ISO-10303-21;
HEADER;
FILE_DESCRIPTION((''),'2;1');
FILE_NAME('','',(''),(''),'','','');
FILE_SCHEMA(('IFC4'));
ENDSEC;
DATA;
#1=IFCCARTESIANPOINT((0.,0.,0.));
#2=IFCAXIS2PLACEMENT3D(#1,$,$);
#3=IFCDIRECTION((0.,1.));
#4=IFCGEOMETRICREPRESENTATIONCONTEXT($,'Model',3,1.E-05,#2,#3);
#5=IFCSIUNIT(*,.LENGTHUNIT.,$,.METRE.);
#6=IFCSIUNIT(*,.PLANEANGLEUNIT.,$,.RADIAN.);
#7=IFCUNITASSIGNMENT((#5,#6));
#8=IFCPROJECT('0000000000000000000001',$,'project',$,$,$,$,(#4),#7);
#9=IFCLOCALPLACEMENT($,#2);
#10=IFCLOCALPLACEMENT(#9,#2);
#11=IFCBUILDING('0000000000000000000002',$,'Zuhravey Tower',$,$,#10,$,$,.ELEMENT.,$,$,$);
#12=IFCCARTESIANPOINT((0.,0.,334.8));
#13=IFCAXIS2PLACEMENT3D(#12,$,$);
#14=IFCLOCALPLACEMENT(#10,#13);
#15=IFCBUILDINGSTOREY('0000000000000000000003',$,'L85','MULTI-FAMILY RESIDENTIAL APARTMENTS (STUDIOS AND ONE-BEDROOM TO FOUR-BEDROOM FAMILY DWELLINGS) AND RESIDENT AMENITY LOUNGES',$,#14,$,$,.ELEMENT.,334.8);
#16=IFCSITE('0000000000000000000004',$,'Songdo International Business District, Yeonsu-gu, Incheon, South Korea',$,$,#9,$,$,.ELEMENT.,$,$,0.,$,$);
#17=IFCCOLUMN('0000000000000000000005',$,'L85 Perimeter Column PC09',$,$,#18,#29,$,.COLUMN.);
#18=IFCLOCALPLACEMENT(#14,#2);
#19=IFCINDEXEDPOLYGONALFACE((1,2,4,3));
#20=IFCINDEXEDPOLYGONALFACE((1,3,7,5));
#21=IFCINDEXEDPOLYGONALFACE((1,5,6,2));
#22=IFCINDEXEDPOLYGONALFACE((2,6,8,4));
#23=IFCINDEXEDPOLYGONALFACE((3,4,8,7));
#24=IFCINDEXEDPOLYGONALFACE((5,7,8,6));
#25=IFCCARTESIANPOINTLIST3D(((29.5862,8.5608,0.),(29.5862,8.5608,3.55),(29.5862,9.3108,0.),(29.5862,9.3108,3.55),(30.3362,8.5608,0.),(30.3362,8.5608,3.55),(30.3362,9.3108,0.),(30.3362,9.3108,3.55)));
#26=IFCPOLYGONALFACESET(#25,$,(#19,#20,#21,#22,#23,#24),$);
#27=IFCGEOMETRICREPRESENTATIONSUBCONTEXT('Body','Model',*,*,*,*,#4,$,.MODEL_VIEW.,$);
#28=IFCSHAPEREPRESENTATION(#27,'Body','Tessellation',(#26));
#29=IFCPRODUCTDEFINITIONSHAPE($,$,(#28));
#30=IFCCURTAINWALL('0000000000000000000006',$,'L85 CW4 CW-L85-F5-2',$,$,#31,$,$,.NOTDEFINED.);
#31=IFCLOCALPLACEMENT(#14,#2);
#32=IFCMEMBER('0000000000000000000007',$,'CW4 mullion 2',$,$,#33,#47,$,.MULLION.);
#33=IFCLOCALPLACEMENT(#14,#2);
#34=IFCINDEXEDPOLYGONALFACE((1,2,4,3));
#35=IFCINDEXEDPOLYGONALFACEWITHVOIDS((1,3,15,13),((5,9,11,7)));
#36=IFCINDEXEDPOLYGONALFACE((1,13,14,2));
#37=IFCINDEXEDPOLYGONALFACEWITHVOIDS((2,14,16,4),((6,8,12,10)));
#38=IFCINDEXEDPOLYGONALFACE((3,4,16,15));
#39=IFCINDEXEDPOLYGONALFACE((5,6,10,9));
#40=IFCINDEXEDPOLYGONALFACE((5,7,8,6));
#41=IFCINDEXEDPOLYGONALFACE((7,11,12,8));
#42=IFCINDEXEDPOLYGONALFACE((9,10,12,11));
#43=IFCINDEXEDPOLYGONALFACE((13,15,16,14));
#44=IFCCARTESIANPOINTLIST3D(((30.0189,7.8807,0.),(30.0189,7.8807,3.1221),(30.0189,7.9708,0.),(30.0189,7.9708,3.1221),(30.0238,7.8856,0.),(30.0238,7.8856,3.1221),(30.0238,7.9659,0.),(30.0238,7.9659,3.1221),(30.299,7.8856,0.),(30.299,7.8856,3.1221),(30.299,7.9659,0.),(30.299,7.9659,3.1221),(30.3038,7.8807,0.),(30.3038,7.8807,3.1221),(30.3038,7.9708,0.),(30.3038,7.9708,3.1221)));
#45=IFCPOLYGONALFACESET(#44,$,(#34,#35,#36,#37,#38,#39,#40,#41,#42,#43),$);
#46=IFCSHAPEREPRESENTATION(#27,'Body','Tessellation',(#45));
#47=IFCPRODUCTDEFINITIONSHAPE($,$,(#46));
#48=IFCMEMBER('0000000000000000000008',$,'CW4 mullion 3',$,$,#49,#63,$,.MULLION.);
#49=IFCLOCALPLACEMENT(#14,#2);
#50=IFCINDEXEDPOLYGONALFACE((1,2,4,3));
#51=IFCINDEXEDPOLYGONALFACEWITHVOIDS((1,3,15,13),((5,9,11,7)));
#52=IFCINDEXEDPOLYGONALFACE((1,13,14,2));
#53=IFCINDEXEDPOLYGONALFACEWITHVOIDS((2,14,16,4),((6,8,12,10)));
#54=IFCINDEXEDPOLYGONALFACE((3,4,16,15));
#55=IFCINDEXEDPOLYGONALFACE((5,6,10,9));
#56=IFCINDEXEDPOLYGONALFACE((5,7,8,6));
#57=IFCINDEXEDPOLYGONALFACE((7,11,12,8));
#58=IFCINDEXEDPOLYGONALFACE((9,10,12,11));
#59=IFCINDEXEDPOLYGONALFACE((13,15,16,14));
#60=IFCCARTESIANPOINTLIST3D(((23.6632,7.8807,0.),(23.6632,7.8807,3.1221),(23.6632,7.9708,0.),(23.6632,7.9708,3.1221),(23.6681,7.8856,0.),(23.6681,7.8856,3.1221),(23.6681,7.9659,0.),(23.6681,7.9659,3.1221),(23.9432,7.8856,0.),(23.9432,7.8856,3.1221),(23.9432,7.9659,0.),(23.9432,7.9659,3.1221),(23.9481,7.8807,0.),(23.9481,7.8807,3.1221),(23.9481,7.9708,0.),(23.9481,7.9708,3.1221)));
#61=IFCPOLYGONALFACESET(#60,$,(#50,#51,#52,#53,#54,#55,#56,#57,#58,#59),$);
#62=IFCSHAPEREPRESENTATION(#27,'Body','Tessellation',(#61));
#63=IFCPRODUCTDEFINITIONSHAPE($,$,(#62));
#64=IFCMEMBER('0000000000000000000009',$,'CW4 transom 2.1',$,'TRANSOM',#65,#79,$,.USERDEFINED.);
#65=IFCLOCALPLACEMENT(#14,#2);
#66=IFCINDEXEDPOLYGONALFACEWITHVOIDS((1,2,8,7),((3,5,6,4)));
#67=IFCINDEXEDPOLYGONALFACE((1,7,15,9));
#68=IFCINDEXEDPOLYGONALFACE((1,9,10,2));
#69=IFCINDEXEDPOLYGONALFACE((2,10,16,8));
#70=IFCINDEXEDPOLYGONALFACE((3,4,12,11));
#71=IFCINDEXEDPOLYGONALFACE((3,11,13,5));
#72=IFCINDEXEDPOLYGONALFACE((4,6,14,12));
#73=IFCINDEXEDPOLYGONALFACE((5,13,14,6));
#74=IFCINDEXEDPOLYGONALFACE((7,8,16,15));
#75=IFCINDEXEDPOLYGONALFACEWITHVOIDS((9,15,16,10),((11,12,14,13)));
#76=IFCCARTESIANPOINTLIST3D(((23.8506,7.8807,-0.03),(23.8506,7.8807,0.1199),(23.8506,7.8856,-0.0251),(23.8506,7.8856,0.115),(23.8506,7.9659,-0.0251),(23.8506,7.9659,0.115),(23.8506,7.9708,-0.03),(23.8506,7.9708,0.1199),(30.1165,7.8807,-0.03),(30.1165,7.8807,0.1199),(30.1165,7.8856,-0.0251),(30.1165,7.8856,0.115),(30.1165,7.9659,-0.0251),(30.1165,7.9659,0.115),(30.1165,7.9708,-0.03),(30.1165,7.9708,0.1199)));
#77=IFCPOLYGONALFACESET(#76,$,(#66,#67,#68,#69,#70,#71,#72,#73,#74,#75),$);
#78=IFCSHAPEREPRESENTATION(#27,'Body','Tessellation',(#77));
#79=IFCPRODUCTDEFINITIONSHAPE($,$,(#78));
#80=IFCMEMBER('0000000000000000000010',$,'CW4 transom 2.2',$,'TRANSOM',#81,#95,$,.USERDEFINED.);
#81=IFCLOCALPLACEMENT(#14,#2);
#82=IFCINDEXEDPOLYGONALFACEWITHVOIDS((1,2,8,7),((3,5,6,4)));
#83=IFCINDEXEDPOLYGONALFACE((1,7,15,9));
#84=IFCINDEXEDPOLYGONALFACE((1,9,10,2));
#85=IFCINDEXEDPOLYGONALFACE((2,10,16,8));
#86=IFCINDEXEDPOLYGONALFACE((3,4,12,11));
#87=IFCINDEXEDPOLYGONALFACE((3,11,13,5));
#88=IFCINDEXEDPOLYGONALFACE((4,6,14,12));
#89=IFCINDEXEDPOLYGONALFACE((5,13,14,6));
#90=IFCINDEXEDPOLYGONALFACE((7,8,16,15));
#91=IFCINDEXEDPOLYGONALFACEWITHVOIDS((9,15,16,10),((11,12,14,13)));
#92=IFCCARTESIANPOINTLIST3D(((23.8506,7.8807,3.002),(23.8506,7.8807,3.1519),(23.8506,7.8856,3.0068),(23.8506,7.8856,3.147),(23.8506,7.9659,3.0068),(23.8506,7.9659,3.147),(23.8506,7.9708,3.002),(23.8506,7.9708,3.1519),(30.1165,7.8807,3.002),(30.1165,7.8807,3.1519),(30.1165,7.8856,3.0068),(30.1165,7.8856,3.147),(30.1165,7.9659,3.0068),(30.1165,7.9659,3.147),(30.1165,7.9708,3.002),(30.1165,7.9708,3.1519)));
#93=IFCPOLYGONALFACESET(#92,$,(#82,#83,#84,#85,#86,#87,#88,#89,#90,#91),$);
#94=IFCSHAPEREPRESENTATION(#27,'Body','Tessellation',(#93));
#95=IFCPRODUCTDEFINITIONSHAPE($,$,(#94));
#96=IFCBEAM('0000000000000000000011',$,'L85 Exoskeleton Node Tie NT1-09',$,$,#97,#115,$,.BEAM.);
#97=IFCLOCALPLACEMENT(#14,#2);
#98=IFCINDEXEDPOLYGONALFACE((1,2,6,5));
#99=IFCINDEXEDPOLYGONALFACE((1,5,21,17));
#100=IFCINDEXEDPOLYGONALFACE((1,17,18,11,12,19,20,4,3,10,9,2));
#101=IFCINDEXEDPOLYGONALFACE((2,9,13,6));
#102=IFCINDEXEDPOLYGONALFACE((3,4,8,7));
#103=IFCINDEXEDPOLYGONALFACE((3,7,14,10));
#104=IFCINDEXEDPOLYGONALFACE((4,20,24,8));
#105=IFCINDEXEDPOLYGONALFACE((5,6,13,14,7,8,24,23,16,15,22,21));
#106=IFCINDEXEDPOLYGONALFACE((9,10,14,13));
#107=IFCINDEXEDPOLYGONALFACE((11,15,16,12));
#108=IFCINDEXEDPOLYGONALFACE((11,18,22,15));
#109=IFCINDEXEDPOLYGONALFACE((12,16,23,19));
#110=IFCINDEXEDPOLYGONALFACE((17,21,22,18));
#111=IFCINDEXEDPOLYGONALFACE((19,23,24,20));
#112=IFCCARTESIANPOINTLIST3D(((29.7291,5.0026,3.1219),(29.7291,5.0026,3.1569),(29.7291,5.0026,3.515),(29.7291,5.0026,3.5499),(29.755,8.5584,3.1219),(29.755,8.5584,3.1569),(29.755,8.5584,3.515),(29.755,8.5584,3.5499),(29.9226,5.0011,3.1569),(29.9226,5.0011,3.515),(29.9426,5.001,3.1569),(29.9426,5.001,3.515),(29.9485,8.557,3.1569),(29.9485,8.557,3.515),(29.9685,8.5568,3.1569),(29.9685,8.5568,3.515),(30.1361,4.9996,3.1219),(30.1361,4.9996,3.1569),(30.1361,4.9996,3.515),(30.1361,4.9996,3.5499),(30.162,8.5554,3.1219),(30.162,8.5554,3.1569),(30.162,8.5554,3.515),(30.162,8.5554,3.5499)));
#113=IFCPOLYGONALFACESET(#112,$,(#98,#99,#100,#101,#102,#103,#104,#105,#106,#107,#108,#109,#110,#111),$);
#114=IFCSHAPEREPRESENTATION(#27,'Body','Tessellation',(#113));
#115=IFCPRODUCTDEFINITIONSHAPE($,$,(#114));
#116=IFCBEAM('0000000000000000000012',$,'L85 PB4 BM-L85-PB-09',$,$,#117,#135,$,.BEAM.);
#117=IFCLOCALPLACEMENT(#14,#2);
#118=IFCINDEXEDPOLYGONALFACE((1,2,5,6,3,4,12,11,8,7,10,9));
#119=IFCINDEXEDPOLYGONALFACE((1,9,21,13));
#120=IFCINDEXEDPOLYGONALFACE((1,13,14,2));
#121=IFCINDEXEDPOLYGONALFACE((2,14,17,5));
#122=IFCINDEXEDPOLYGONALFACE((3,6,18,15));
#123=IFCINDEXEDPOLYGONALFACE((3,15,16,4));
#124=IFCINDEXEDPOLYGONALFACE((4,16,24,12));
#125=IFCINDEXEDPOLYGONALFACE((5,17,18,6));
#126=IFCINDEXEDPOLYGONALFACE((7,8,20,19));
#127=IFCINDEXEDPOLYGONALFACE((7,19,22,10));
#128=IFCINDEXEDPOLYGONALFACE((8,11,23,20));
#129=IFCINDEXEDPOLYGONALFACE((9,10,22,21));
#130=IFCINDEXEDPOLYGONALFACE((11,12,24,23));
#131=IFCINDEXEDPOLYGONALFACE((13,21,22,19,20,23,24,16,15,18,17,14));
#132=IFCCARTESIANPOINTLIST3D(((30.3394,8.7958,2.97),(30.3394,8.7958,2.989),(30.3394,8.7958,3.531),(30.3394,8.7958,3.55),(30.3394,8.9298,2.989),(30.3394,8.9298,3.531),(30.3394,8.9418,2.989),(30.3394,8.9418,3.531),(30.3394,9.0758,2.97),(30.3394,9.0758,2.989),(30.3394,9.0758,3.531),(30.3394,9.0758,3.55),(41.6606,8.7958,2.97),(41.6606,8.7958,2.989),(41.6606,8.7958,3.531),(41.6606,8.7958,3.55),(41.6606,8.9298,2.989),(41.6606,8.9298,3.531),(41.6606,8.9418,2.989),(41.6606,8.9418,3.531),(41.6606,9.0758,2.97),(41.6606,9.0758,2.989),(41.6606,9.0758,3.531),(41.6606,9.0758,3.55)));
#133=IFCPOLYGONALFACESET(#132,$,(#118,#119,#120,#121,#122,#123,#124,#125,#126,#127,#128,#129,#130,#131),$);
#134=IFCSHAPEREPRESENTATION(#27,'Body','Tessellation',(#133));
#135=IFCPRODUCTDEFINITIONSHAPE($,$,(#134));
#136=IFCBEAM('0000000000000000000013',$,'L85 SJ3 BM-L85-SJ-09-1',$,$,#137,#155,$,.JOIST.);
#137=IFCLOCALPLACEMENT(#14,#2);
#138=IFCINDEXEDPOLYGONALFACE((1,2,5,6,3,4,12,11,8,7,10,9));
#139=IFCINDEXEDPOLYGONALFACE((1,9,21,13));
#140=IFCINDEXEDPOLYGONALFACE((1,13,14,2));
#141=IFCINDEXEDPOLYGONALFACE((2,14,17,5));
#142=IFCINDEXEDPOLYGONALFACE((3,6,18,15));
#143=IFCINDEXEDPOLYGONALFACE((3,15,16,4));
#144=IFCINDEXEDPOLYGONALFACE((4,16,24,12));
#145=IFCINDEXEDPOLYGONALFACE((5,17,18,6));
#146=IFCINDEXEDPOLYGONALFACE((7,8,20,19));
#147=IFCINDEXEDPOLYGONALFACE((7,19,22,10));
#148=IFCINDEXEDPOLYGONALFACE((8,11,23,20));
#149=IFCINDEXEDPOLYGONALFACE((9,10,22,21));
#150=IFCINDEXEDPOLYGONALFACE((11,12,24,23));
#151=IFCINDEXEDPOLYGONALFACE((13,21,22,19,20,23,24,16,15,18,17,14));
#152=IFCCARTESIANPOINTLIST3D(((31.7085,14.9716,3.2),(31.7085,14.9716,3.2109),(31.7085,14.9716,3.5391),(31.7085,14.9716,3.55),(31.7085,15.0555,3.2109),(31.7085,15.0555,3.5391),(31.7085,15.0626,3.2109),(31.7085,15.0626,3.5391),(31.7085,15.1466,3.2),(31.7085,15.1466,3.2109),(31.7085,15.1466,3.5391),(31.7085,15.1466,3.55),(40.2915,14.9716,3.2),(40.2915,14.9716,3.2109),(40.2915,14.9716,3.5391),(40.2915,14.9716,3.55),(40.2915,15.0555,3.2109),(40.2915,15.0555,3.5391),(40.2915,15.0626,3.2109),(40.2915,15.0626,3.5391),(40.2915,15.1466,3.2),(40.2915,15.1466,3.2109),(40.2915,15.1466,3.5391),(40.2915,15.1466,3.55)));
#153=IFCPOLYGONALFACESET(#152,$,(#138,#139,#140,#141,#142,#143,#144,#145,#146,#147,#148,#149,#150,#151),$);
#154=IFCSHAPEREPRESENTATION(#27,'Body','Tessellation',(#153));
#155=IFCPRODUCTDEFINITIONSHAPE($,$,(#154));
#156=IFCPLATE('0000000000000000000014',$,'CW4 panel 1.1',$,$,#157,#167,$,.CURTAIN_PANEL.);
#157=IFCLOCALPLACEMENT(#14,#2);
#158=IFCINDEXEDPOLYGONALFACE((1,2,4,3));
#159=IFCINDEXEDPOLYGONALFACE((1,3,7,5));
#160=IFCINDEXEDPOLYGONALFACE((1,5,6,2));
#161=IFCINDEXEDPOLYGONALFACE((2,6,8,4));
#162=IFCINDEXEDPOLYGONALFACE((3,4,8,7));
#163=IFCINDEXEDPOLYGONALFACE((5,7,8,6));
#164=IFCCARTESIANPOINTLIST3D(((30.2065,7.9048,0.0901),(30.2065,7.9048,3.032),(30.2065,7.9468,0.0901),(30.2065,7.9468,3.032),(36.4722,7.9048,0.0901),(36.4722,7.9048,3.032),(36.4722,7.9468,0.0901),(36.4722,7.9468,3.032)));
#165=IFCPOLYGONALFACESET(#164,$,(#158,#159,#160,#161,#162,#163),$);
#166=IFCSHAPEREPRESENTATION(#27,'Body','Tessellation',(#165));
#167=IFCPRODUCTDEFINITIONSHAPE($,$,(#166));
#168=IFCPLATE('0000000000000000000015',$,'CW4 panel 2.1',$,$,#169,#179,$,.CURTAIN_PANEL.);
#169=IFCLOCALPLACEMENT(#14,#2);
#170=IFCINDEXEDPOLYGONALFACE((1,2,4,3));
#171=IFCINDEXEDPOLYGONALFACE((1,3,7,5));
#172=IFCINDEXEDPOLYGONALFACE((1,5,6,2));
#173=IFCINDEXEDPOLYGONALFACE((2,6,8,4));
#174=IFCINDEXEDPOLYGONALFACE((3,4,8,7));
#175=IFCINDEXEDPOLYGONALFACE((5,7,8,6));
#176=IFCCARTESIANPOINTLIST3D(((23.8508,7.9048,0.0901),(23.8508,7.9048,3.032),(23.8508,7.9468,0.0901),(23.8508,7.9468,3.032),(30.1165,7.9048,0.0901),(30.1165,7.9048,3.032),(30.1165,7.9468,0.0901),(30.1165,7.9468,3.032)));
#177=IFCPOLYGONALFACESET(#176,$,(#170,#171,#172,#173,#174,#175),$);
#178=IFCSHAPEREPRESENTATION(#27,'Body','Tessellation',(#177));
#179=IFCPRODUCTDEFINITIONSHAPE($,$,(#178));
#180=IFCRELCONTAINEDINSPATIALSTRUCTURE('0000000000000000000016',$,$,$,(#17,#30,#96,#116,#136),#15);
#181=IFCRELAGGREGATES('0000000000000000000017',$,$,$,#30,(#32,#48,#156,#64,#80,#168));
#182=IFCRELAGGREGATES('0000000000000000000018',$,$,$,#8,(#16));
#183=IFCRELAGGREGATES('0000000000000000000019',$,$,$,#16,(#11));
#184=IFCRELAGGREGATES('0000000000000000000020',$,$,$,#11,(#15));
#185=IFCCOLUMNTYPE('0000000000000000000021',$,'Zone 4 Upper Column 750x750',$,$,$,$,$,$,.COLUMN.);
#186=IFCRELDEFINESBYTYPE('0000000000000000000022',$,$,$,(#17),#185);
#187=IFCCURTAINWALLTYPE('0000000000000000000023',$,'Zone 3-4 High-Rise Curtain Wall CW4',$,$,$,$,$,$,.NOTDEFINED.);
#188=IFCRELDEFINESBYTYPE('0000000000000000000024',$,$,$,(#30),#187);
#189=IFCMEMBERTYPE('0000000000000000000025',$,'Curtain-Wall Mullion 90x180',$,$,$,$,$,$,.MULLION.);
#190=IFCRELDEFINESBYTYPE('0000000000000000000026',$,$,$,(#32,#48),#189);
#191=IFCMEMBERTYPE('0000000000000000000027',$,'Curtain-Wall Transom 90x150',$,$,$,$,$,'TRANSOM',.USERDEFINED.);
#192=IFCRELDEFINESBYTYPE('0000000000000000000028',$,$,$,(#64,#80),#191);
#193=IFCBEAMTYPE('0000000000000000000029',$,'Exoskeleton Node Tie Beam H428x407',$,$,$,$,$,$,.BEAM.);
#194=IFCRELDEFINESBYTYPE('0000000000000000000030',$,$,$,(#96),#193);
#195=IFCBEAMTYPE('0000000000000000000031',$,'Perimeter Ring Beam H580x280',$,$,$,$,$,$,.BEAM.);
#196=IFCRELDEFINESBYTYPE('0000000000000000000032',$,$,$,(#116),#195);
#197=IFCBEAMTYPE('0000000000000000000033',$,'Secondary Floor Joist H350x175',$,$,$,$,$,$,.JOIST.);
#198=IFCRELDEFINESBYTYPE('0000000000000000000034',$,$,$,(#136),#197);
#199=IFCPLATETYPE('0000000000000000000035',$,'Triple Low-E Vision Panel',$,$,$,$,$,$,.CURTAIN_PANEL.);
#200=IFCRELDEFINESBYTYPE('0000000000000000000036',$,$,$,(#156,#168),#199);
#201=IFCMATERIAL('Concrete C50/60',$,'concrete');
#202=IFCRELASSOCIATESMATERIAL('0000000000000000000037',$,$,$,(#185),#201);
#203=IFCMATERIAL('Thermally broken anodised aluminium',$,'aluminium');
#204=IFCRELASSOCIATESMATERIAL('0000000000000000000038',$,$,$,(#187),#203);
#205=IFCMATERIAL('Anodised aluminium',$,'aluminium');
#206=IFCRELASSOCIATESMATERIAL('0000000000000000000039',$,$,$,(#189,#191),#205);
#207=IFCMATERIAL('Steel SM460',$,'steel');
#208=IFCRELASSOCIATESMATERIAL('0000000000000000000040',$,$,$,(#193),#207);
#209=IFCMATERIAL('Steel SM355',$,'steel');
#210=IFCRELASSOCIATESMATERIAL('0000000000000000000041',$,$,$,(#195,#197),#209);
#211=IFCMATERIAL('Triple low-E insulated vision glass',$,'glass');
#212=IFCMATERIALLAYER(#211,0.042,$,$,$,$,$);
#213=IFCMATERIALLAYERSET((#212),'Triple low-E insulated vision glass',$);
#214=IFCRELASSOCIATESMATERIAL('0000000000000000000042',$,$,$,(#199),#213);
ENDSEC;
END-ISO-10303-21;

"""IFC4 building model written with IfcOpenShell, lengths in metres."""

from ifc_helpers import new_model, si_unit, direction, frame, origin, origin_2d, place, context, subcontext, project, spatial, rectangle, hollow_rectangle, i_section, extrude, material, layer, layer_set, material_profile, profile_set, type_object, element, aggregate, save


model = new_model("IFC4")

# Units and contexts
model_context = context("Model", 3, precision=1e-05, world=origin(), true_north=direction((0.0, 1.0)))
body_context = subcontext(model_context, "Body", "Model", "MODEL_VIEW")
ifc_project = project(units=[si_unit("LENGTHUNIT", "METRE"), si_unit("PLANEANGLEUNIT", "RADIAN")], contexts=[model_context])

# Site, building, storey
site_placement = place(None, origin())
site = spatial("IfcSite", under=ifc_project, at=site_placement, Name="Songdo International Business District, Yeonsu-gu, Incheon, South Korea", CompositionType="ELEMENT", RefElevation=0.0)
building_placement = place(site_placement, origin())
building = spatial("IfcBuilding", under=site, at=building_placement, Name="Zuhravey Tower", CompositionType="ELEMENT")
storey_placement = place(building_placement, frame((0.0, 0.0, 334.8)))
storey = spatial("IfcBuildingStorey", under=building, at=storey_placement, Name="L85", Description="MULTI-FAMILY RESIDENTIAL APARTMENTS (STUDIOS AND ONE-BEDROOM TO FOUR-BEDROOM FAMILY DWELLINGS) AND RESIDENT AMENITY LOUNGES", CompositionType="ELEMENT", Elevation=334.8)

# Column
ifc_material_1 = material(Name="Concrete C50/60", Category="concrete")
ifc_material_profile_1 = material_profile(ifc_material_1, rectangle(XDim=0.75, YDim=0.75, at=origin_2d()), Name="RC-750x750")
ifc_profile_set_1 = profile_set([ifc_material_profile_1], Name="Concrete C50/60")
column_type = type_object("IfcColumnType", Name="Zone 4 Upper Column 750x750", PredefinedType="COLUMN", material=ifc_profile_set_1)
column_placement = place(storey_placement, frame((29.9612, 8.9358, 0.0), z_axis=(0.0, 0.0, 1.0), x_axis=(1.0, 0.0, 0.0)))
element("IfcColumn", 1, at=column_placement, inside=storey, type_object=column_type, Name="L85 Perimeter Column PC09", PredefinedType="COLUMN", context=body_context, shape_type="SweptSolid", body=[
    extrude(rectangle(XDim=0.75, YDim=0.75, at=origin_2d()), origin(), (0.0, 0.0, 1.0), 3.55),
])

# Curtain wall, members
ifc_material_2 = material(Name="Thermally broken anodised aluminium", Category="aluminium")
curtain_wall_type = type_object("IfcCurtainWallType", Name="Zone 3-4 High-Rise Curtain Wall CW4", PredefinedType="NOTDEFINED", material=ifc_material_2)
curtain_wall_placement = place(storey_placement, origin())
curtain_wall = element("IfcCurtainWall", 2, at=curtain_wall_placement, inside=storey, type_object=curtain_wall_type, Name="L85 CW4 CW-L85-F5-2", PredefinedType="NOTDEFINED")
ifc_material_3 = material(Name="Anodised aluminium", Category="aluminium")
ifc_material_profile_2 = material_profile(ifc_material_3, hollow_rectangle(XDim=0.0901, YDim=0.2849, WallThickness=0.0049, at=origin_2d()), Name="ALU-RHS-90x285x5")
ifc_profile_set_2 = profile_set([ifc_material_profile_2], Name="Anodised aluminium")
member_type_1 = type_object("IfcMemberType", Name="Curtain-Wall Mullion 90x180", PredefinedType="MULLION", material=ifc_profile_set_2)
member_1_placement = place(storey_placement, frame((30.1614, 7.9258, 0.0), z_axis=(0.0, 0.0, 1.0), x_axis=(0.0, -1.0, 0.0)))
member_1 = element("IfcMember", 3, at=member_1_placement, type_object=member_type_1, Name="CW4 mullion 2", PredefinedType="MULLION", context=body_context, shape_type="SweptSolid", body=[
    extrude(hollow_rectangle(XDim=0.0901, YDim=0.2849, WallThickness=0.0049, at=origin_2d()), origin(), (0.0, 0.0, 1.0), 3.1221),
])
member_2_placement = place(storey_placement, frame((23.8057, 7.9258, 0.0), z_axis=(0.0, 0.0, 1.0), x_axis=(0.0, -1.0, 0.0)))
member_2 = element("IfcMember", 4, at=member_2_placement, type_object=member_type_1, Name="CW4 mullion 3", PredefinedType="MULLION", context=body_context, shape_type="SweptSolid", body=[
    extrude(hollow_rectangle(XDim=0.0901, YDim=0.2849, WallThickness=0.0049, at=origin_2d()), origin(), (0.0, 0.0, 1.0), 3.1221),
])
ifc_material_profile_3 = material_profile(ifc_material_3, hollow_rectangle(XDim=0.0901, YDim=0.1499, WallThickness=0.0049, at=origin_2d()), Name="ALU-RHS-90x150x5")
ifc_profile_set_3 = profile_set([ifc_material_profile_3], Name="Anodised aluminium")
member_type_2 = type_object("IfcMemberType", Name="Curtain-Wall Transom 90x150", ElementType="TRANSOM", PredefinedType="USERDEFINED", material=ifc_profile_set_3)
member_3_placement = place(storey_placement, frame((30.1165, 7.9258, 0.0449), z_axis=(-1.0, 0.0, 0.0), x_axis=(0.0, -1.0, 0.0)))
member_3 = element("IfcMember", 5, at=member_3_placement, type_object=member_type_2, Name="CW4 transom 2.1", ObjectType="TRANSOM", PredefinedType="USERDEFINED", context=body_context, shape_type="SweptSolid", body=[
    extrude(hollow_rectangle(XDim=0.0901, YDim=0.1499, WallThickness=0.0049, at=origin_2d()), origin(), (0.0, 0.0, 1.0), 6.2659),
])
member_4_placement = place(storey_placement, frame((30.1165, 7.9258, 3.0769), z_axis=(-1.0, 0.0, 0.0), x_axis=(0.0, -1.0, 0.0)))
member_4 = element("IfcMember", 6, at=member_4_placement, type_object=member_type_2, Name="CW4 transom 2.2", ObjectType="TRANSOM", PredefinedType="USERDEFINED", context=body_context, shape_type="SweptSolid", body=[
    extrude(hollow_rectangle(XDim=0.0901, YDim=0.1499, WallThickness=0.0049, at=origin_2d()), origin(), (0.0, 0.0, 1.0), 6.2659),
])

# Beams
ifc_material_4 = material(Name="Steel SM460", Category="steel")
ifc_material_profile_4 = material_profile(ifc_material_4, i_section(OverallWidth=0.407, OverallDepth=0.428, WebThickness=0.02, FlangeThickness=0.0349, at=origin_2d()), Name="H-428x407x20x35")
ifc_profile_set_4 = profile_set([ifc_material_profile_4], Name="Steel SM460")
beam_type_1 = type_object("IfcBeamType", Name="Exoskeleton Node Tie Beam H428x407", PredefinedType="BEAM", material=ifc_profile_set_4)
beam_1_placement = place(storey_placement, frame((29.9585, 8.5569, 3.3359), z_axis=(-0.007278, -0.999974, 0.0), x_axis=(0.999974, -0.007278, 0.0)))
element("IfcBeam", 7, at=beam_1_placement, inside=storey, type_object=beam_type_1, Name="L85 Exoskeleton Node Tie NT1-09", PredefinedType="BEAM", context=body_context, shape_type="SweptSolid", body=[
    extrude(i_section(OverallWidth=0.407, OverallDepth=0.428, WebThickness=0.02, FlangeThickness=0.0349, at=origin_2d()), origin(), (0.0, 0.0, 1.0), 3.5559),
])
ifc_material_5 = material(Name="Steel SM355", Category="steel")
ifc_material_profile_5 = material_profile(ifc_material_5, i_section(OverallWidth=0.28, OverallDepth=0.5801, WebThickness=0.012, FlangeThickness=0.019, at=origin_2d()), Name="H-580x280x12x19")
ifc_profile_set_5 = profile_set([ifc_material_profile_5], Name="Steel SM355")
beam_type_2 = type_object("IfcBeamType", Name="Perimeter Ring Beam H580x280", PredefinedType="BEAM", material=ifc_profile_set_5)
beam_2_placement = place(storey_placement, frame((30.3394, 8.9358, 3.26), z_axis=(1.0, 0.0, 0.0), x_axis=(0.0, 1.0, 0.0)))
element("IfcBeam", 8, at=beam_2_placement, inside=storey, type_object=beam_type_2, Name="L85 PB4 BM-L85-PB-09", PredefinedType="BEAM", context=body_context, shape_type="SweptSolid", body=[
    extrude(i_section(OverallWidth=0.28, OverallDepth=0.5801, WebThickness=0.012, FlangeThickness=0.019, at=origin_2d()), origin(), (0.0, 0.0, 1.0), 11.3213),
])
ifc_material_profile_6 = material_profile(ifc_material_5, i_section(OverallWidth=0.175, OverallDepth=0.3501, WebThickness=0.0071, FlangeThickness=0.011, at=origin_2d()), Name="H-350x175x7x11")
ifc_profile_set_6 = profile_set([ifc_material_profile_6], Name="Steel SM355")
beam_type_3 = type_object("IfcBeamType", Name="Secondary Floor Joist H350x175", PredefinedType="JOIST", material=ifc_profile_set_6)
beam_3_placement = place(storey_placement, frame((31.7085, 15.0591, 3.375), z_axis=(1.0, 0.0, 0.0), x_axis=(0.0, 1.0, 0.0)))
element("IfcBeam", 9, at=beam_3_placement, inside=storey, type_object=beam_type_3, Name="L85 SJ3 BM-L85-SJ-09-1", PredefinedType="JOIST", context=body_context, shape_type="SweptSolid", body=[
    extrude(i_section(OverallWidth=0.175, OverallDepth=0.3501, WebThickness=0.0071, FlangeThickness=0.011, at=origin_2d()), origin(), (0.0, 0.0, 1.0), 8.583),
])

# Plates
ifc_material_6 = material(Name="Triple low-E insulated vision glass", Category="glass")
ifc_layer_1 = layer(ifc_material_6, 0.042)
ifc_layer_set_1 = layer_set([ifc_layer_1], Name="Triple low-E insulated vision glass")
plate_type = type_object("IfcPlateType", Name="Triple Low-E Vision Panel", PredefinedType="CURTAIN_PANEL", material=ifc_layer_set_1)
plate_1_placement = place(storey_placement, frame((33.3394, 7.9258, 0.0901), z_axis=(0.0, 0.0, 1.0), x_axis=(-1.0, 0.0, 0.0)))
plate_1 = element("IfcPlate", 10, at=plate_1_placement, type_object=plate_type, Name="CW4 panel 1.1", PredefinedType="CURTAIN_PANEL", context=body_context, shape_type="SweptSolid", body=[
    extrude(rectangle(XDim=6.2656, YDim=0.042, at=origin_2d()), origin(), (0.0, 0.0, 1.0), 2.9419),
])
plate_2_placement = place(storey_placement, frame((26.9836, 7.9258, 0.0901), z_axis=(0.0, 0.0, 1.0), x_axis=(-1.0, 0.0, 0.0)))
plate_2 = element("IfcPlate", 11, at=plate_2_placement, type_object=plate_type, Name="CW4 panel 2.1", PredefinedType="CURTAIN_PANEL", context=body_context, shape_type="SweptSolid", body=[
    extrude(rectangle(XDim=6.2656, YDim=0.042, at=origin_2d()), origin(), (0.0, 0.0, 1.0), 2.9419),
])
aggregate(curtain_wall, [member_1, member_2, plate_1, member_3, member_4, plate_2])

save(model, "model.ifc")
